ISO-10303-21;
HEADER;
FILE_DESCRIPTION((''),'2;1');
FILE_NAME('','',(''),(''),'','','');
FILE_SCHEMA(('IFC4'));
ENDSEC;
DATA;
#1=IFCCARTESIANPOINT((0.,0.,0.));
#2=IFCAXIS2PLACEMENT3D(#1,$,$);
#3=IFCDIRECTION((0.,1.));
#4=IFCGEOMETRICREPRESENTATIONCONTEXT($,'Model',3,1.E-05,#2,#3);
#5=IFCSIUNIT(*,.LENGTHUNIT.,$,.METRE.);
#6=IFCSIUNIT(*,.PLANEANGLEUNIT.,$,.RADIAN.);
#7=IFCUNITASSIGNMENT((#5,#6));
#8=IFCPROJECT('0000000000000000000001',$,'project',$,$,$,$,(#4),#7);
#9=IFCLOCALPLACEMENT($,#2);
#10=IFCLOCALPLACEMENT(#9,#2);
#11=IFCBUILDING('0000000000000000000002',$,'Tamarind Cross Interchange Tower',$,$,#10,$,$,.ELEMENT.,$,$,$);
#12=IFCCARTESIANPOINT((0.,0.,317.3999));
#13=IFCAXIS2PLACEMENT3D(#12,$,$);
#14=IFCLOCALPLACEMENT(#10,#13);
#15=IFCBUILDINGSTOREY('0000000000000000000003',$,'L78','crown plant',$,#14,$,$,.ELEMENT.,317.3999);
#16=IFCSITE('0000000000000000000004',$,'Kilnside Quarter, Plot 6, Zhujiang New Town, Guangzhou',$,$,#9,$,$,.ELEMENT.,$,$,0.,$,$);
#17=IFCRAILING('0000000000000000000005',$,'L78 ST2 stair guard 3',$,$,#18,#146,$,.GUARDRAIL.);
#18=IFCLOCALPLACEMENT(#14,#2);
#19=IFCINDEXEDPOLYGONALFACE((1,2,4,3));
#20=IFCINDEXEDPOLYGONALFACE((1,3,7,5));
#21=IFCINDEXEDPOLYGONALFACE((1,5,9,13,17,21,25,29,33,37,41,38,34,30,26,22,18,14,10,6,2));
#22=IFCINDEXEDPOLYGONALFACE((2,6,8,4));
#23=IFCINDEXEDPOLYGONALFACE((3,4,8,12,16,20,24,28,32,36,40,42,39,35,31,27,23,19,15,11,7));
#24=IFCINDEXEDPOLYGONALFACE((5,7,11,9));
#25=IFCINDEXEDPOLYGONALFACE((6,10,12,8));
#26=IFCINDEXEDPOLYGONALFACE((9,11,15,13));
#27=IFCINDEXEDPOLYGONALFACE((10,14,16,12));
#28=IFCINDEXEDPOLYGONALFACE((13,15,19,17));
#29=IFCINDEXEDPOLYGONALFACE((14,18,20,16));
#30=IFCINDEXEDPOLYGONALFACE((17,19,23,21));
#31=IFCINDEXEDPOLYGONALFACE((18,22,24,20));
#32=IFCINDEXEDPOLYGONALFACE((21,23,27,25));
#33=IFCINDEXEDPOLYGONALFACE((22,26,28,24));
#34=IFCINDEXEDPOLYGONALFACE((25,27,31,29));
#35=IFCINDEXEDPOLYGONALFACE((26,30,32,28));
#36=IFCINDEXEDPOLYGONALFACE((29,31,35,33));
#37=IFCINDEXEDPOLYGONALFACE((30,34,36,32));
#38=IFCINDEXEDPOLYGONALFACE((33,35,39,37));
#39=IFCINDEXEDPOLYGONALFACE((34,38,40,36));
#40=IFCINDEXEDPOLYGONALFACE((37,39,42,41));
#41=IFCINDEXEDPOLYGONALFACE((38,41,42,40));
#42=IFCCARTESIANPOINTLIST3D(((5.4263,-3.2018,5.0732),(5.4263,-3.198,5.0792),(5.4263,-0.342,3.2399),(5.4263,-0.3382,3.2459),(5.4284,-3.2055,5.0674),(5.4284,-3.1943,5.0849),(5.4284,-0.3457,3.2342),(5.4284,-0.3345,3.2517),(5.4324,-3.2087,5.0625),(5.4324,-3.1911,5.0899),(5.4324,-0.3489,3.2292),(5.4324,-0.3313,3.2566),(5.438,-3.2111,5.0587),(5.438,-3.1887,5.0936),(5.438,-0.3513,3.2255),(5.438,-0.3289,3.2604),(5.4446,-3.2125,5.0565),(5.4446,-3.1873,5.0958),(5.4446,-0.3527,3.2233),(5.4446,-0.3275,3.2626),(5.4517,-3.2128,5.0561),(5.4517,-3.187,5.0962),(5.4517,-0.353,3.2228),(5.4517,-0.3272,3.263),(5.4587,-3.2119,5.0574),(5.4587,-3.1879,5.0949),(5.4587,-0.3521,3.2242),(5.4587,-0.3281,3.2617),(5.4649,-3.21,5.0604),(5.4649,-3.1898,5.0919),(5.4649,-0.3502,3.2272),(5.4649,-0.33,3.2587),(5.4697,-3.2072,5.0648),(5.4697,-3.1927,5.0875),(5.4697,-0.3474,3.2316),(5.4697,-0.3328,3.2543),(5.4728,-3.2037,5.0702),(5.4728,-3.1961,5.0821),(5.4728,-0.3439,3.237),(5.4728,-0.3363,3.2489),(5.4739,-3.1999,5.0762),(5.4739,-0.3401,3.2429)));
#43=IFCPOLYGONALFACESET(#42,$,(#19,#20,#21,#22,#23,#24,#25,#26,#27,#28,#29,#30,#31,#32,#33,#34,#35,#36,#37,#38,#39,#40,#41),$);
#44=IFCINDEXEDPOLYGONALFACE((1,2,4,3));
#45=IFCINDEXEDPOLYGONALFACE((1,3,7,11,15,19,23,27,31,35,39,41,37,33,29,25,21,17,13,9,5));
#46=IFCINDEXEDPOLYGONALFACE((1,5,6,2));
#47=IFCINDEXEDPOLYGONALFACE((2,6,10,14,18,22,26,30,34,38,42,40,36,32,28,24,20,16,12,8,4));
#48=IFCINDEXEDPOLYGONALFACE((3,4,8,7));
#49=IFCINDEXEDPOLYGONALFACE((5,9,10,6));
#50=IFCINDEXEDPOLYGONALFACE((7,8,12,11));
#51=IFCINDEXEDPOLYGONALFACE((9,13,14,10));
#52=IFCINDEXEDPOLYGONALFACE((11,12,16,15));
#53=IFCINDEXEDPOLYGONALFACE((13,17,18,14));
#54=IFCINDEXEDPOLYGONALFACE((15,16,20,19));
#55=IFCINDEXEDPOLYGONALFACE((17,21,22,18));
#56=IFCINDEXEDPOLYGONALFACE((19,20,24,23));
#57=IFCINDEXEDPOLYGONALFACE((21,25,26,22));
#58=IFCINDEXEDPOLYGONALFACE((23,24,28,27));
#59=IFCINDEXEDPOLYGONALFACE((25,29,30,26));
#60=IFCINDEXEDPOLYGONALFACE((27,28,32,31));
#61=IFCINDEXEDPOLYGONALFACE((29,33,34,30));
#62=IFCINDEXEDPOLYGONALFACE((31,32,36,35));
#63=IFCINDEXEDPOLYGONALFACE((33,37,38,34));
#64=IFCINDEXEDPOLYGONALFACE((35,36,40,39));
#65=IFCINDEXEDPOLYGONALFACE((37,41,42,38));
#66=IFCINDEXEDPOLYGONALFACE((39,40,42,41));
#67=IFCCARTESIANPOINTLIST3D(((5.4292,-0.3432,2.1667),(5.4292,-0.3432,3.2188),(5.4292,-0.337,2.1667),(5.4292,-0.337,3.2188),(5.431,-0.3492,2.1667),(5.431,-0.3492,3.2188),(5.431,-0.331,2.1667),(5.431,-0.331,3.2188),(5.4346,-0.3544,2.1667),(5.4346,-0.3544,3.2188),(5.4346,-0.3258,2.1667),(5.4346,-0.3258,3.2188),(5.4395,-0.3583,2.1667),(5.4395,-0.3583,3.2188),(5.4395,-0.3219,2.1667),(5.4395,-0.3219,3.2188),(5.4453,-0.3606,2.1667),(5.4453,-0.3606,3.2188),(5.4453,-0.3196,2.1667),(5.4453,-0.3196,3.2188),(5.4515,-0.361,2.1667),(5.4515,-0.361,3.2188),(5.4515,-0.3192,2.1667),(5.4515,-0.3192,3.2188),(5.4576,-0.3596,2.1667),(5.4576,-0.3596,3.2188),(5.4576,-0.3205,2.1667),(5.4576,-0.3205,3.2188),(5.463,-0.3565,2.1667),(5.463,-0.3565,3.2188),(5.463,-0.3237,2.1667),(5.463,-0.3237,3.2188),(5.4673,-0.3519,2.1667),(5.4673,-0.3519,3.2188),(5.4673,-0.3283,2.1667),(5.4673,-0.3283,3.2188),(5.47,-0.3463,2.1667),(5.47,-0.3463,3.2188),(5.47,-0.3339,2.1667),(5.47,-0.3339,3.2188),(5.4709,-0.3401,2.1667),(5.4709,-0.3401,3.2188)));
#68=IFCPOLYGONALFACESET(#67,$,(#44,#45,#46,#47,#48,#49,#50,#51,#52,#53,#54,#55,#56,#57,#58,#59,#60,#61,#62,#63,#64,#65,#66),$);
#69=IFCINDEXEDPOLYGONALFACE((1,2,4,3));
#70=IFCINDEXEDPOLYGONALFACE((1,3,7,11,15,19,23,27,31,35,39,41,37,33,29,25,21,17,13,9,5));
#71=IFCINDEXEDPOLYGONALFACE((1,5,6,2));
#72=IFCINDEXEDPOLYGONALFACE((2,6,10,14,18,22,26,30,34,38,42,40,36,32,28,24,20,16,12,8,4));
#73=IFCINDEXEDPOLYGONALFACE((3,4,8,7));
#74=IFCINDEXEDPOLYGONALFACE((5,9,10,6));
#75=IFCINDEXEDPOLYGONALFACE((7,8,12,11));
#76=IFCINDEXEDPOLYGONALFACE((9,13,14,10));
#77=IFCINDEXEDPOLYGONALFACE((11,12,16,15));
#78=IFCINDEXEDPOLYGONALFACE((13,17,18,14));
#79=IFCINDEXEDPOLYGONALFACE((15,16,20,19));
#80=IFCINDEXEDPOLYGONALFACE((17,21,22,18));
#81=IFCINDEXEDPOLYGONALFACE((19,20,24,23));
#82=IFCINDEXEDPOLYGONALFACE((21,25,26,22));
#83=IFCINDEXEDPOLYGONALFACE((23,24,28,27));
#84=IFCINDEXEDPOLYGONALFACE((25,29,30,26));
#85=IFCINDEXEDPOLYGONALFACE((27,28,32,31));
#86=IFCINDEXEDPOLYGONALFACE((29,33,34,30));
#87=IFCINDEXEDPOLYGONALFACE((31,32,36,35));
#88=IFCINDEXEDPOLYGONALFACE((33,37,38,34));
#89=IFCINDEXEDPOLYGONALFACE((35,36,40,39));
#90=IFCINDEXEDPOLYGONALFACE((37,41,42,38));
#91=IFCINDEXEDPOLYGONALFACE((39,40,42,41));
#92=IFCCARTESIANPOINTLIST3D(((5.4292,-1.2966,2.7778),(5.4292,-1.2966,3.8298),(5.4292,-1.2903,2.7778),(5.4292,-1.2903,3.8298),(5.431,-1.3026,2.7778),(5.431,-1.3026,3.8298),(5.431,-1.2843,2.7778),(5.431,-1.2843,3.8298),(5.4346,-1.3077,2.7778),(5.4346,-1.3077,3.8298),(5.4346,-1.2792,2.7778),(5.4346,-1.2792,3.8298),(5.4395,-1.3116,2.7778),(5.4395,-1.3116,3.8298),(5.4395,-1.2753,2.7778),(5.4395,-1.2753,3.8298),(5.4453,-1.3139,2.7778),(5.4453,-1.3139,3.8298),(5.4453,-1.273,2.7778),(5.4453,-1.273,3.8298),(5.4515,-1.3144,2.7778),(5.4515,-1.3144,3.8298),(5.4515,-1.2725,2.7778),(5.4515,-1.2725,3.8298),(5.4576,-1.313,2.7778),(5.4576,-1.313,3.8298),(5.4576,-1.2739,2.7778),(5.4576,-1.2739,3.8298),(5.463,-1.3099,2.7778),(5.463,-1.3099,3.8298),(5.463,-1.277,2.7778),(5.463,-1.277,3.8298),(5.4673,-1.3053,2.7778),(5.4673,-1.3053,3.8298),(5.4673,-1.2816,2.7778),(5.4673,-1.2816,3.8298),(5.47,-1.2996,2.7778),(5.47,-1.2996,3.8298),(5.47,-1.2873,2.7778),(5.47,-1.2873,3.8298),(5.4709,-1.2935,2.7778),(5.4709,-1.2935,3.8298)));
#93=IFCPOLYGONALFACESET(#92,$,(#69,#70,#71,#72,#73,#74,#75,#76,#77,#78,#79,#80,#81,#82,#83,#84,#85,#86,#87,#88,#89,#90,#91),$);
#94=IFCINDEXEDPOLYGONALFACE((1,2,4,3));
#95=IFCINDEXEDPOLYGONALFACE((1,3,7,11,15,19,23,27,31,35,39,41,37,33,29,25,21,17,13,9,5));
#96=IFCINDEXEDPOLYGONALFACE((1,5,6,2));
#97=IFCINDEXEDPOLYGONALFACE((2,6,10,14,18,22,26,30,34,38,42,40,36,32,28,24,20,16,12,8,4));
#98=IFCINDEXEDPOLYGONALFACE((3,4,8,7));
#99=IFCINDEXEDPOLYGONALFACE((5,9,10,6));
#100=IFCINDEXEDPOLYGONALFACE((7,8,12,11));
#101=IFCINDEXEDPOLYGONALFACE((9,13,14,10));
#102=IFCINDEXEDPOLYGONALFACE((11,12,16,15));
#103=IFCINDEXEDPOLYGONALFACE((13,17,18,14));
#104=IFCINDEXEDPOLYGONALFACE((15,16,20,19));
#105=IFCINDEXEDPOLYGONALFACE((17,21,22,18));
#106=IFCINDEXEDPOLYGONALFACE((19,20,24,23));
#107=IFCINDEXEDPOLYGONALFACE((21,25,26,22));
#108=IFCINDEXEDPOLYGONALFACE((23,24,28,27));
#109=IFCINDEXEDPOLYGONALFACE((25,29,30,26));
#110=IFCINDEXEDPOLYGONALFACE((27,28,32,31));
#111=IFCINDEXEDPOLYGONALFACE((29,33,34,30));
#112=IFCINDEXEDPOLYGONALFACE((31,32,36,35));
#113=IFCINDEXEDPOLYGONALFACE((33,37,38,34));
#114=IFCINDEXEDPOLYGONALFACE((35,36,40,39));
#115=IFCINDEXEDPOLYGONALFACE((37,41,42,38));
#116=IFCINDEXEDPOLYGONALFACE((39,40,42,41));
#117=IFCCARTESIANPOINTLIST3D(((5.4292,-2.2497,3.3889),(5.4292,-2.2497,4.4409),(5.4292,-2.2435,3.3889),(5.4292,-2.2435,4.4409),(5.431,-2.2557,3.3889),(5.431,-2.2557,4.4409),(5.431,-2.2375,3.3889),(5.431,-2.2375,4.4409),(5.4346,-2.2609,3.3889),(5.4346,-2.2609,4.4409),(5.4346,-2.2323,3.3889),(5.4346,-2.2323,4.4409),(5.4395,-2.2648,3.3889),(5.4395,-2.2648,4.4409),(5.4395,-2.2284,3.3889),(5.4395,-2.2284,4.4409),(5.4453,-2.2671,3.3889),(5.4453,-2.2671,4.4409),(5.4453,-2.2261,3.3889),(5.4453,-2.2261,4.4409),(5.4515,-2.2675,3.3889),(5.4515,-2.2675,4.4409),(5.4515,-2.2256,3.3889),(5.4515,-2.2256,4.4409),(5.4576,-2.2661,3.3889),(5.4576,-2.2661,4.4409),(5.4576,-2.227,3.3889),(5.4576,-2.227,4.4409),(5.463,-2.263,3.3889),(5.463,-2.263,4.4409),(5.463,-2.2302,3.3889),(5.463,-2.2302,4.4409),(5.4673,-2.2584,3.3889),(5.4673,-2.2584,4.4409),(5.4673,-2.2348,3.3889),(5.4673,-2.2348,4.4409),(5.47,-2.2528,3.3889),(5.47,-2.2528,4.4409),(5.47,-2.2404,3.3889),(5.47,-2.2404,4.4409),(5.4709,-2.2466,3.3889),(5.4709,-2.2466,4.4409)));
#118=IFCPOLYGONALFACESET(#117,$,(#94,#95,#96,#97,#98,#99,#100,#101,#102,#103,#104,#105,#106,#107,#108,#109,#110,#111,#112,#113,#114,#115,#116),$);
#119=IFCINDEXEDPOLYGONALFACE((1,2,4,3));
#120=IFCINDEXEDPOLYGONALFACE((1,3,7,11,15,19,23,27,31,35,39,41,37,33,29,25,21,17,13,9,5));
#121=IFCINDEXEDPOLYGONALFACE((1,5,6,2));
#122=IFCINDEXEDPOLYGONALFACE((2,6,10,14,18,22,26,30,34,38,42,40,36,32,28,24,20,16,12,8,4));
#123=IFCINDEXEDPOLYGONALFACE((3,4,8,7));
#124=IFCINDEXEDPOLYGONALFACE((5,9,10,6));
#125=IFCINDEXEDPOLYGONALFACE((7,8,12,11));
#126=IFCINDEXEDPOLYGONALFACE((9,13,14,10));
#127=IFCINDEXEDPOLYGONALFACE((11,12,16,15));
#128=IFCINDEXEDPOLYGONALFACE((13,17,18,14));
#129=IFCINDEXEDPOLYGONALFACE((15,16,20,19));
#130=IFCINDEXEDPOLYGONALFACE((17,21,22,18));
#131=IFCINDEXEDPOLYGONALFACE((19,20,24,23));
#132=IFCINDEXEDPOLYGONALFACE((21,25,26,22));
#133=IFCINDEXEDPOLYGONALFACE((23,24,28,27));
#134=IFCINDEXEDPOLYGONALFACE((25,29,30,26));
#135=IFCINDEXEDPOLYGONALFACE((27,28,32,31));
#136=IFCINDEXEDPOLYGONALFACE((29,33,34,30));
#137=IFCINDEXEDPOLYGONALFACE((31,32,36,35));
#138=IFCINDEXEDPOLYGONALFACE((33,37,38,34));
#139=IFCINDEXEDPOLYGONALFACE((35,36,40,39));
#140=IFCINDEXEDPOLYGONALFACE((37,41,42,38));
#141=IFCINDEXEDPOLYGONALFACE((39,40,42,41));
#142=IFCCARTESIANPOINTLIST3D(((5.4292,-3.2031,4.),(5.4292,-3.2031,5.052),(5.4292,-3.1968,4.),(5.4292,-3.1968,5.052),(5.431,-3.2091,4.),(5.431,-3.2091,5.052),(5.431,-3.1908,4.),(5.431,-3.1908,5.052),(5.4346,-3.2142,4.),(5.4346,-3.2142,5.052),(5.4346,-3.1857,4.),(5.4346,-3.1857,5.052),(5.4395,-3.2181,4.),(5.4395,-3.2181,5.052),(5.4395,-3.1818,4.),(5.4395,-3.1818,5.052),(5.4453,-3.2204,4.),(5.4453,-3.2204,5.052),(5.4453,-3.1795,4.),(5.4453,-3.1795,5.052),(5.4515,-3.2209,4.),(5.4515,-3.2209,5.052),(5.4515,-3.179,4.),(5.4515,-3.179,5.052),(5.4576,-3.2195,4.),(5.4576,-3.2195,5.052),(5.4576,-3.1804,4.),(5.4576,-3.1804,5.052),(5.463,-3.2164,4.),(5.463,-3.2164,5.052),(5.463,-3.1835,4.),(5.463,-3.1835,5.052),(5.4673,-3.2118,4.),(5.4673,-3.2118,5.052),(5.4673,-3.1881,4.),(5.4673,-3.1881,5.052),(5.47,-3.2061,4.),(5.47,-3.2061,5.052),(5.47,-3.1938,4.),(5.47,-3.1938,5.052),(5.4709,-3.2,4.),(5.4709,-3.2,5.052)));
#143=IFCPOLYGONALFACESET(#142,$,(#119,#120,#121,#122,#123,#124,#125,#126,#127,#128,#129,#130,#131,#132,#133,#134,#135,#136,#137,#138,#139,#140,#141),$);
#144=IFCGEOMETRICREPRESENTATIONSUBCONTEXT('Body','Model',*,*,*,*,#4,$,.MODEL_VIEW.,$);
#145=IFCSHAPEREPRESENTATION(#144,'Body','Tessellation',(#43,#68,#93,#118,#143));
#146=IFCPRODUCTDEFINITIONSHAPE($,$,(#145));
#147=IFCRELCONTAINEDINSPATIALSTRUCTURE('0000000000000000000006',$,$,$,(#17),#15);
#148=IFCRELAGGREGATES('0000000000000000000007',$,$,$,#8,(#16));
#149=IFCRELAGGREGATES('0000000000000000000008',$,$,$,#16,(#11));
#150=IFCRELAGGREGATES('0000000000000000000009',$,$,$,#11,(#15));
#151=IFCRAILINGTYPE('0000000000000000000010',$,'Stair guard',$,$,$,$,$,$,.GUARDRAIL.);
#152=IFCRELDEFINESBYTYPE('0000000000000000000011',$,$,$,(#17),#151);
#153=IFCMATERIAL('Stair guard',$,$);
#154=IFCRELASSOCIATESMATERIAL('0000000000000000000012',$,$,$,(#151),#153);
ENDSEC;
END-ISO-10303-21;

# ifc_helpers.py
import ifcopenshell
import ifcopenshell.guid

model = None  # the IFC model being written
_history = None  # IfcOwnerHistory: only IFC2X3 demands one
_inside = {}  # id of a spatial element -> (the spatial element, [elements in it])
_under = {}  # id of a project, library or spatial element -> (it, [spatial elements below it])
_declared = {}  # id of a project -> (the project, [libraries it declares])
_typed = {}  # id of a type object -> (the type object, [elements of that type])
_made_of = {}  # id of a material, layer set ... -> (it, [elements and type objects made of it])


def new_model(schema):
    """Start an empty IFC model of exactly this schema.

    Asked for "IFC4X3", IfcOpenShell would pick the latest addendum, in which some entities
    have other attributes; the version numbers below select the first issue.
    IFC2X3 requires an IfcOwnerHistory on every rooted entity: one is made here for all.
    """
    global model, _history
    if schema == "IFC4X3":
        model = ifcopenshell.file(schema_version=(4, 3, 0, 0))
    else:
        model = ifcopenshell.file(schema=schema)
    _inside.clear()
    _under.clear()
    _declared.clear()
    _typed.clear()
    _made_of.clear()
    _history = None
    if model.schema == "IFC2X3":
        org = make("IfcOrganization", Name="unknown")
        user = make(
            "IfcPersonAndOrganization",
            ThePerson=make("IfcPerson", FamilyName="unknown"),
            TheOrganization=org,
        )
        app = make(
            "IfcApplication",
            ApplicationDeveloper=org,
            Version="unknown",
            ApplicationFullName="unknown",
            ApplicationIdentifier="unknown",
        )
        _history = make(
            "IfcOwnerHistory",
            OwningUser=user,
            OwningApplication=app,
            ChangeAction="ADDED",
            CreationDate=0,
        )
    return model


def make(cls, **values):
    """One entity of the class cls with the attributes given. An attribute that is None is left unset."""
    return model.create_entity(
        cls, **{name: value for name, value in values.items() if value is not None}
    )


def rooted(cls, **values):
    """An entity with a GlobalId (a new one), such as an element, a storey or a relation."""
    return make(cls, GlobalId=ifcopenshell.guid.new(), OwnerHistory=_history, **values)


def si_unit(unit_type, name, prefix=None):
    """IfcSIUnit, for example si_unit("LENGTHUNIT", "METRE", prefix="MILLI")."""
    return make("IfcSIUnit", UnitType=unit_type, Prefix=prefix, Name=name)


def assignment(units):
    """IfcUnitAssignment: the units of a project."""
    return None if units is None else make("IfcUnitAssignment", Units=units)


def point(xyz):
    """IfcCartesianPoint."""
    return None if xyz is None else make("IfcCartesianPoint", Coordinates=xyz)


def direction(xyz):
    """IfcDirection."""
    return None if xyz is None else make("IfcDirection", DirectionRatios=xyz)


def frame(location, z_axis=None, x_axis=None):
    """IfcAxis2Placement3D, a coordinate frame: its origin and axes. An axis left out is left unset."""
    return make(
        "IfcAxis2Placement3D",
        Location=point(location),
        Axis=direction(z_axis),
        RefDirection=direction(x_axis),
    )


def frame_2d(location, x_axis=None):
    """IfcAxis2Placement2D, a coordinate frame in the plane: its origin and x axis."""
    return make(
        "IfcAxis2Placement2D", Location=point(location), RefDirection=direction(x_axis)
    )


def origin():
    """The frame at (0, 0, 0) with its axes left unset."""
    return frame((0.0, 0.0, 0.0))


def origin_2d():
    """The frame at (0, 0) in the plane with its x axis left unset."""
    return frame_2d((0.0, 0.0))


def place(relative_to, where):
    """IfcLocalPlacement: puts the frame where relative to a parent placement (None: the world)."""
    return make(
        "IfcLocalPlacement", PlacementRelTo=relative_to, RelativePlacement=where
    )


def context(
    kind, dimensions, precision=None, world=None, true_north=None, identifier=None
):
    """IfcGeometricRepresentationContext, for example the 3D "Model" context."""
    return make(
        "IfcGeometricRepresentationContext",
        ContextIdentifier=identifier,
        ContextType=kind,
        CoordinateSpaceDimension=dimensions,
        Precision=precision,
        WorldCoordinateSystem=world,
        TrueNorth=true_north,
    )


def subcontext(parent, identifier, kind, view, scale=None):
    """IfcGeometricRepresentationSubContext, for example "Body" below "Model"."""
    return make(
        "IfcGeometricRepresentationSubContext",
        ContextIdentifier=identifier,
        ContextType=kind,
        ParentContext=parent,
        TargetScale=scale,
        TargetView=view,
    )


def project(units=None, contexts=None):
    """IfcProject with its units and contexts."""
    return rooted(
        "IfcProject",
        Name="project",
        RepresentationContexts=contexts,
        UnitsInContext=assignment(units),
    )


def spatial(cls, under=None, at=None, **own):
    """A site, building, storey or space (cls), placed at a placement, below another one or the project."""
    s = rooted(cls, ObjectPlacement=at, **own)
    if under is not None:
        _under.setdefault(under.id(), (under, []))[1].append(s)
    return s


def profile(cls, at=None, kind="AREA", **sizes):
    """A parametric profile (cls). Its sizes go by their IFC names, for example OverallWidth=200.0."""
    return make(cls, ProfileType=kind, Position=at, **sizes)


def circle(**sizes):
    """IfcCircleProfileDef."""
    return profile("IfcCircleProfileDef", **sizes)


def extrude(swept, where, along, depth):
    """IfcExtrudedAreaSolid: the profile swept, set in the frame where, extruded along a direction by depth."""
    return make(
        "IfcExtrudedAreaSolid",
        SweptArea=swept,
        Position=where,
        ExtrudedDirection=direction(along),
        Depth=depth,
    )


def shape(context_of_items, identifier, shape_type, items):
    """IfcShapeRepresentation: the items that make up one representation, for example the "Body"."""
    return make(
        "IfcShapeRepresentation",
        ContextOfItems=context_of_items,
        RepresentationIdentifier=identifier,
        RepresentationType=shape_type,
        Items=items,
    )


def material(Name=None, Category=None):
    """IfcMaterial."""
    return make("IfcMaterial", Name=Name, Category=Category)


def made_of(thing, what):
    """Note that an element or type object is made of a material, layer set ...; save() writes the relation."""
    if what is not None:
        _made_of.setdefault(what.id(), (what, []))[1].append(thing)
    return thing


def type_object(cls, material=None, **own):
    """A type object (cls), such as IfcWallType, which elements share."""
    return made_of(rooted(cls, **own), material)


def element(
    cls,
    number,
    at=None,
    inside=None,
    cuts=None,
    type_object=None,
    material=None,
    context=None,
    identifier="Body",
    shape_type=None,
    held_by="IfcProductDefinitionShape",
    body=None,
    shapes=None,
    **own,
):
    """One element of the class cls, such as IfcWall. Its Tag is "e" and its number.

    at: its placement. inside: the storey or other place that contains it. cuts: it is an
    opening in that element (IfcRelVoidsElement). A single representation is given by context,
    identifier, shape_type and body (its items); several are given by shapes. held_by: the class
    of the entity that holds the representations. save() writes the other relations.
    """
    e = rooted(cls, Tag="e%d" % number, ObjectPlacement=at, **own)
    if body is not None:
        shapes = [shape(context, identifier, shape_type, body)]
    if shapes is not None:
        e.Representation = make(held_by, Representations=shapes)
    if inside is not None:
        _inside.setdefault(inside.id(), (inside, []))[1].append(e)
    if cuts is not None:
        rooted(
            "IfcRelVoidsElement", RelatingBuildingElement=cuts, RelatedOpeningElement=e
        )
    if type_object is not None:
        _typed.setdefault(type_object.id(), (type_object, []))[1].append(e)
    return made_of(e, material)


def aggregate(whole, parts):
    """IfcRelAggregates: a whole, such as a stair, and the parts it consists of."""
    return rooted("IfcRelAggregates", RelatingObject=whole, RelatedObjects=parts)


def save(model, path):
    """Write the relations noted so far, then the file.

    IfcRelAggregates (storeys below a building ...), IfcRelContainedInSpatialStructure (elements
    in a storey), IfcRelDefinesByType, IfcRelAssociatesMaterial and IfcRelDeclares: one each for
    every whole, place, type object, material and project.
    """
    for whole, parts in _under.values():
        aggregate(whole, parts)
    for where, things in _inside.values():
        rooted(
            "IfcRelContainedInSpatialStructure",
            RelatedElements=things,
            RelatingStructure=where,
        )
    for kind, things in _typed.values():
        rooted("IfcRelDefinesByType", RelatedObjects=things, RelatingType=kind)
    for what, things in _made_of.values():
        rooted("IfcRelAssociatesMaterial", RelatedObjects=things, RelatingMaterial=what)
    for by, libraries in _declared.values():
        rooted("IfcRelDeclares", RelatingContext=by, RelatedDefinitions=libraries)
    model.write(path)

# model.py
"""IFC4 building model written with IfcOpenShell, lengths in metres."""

from ifc_helpers import new_model, si_unit, direction, frame, origin, origin_2d, place, context, subcontext, project, spatial, circle, extrude, material, type_object, element, save


model = new_model("IFC4")

# Units and contexts
model_context = context("Model", 3, precision=1e-05, world=origin(), true_north=direction((0.0, 1.0)))
body_context = subcontext(model_context, "Body", "Model", "MODEL_VIEW")
ifc_project = project(units=[si_unit("LENGTHUNIT", "METRE"), si_unit("PLANEANGLEUNIT", "RADIAN")], contexts=[model_context])

# Site, building, storey
site_placement = place(None, origin())
site = spatial("IfcSite", under=ifc_project, at=site_placement, Name="Kilnside Quarter, Plot 6, Zhujiang New Town, Guangzhou", CompositionType="ELEMENT", RefElevation=0.0)
building_placement = place(site_placement, origin())
building = spatial("IfcBuilding", under=site, at=building_placement, Name="Tamarind Cross Interchange Tower", CompositionType="ELEMENT")
storey_placement = place(building_placement, frame((0.0, 0.0, 317.3999)))
storey = spatial("IfcBuildingStorey", under=building, at=storey_placement, Name="L78", Description="crown plant", CompositionType="ELEMENT", Elevation=317.3999)

# Railing
ifc_material_1 = material(Name="Stair guard")
railing_type_1 = type_object("IfcRailingType", Name="Stair guard", PredefinedType="GUARDRAIL", material=ifc_material_1)
railing_1_placement = place(storey_placement, frame((5.45, -0.3401, 2.1667)))
element("IfcRailing", 1, at=railing_1_placement, inside=storey, type_object=railing_type_1, Name="L78 ST2 stair guard 3", PredefinedType="GUARDRAIL", context=body_context, shape_type="SweptSolid", body=[
    extrude(circle(Radius=0.0239, at=origin_2d()), frame((0.0, 0.0, 1.0762), z_axis=(0.0, -0.841878, 0.539667), x_axis=(1.0, 0.0, 0.0)), (0.0, 0.0, 1.0), 3.397),
    extrude(circle(Radius=0.021, at=origin_2d()), origin(), (0.0, 0.0, 1.0), 1.052),
    extrude(circle(Radius=0.021, at=origin_2d()), frame((0.0, -0.9534, 0.6111)), (0.0, 0.0, 1.0), 1.052),
    extrude(circle(Radius=0.021, at=origin_2d()), frame((0.0, -1.9065, 1.2222)), (0.0, 0.0, 1.0), 1.052),
    extrude(circle(Radius=0.021, at=origin_2d()), frame((0.0, -2.8599, 1.8333)), (0.0, 0.0, 1.0), 1.052),
])

save(model, "model.ifc")
